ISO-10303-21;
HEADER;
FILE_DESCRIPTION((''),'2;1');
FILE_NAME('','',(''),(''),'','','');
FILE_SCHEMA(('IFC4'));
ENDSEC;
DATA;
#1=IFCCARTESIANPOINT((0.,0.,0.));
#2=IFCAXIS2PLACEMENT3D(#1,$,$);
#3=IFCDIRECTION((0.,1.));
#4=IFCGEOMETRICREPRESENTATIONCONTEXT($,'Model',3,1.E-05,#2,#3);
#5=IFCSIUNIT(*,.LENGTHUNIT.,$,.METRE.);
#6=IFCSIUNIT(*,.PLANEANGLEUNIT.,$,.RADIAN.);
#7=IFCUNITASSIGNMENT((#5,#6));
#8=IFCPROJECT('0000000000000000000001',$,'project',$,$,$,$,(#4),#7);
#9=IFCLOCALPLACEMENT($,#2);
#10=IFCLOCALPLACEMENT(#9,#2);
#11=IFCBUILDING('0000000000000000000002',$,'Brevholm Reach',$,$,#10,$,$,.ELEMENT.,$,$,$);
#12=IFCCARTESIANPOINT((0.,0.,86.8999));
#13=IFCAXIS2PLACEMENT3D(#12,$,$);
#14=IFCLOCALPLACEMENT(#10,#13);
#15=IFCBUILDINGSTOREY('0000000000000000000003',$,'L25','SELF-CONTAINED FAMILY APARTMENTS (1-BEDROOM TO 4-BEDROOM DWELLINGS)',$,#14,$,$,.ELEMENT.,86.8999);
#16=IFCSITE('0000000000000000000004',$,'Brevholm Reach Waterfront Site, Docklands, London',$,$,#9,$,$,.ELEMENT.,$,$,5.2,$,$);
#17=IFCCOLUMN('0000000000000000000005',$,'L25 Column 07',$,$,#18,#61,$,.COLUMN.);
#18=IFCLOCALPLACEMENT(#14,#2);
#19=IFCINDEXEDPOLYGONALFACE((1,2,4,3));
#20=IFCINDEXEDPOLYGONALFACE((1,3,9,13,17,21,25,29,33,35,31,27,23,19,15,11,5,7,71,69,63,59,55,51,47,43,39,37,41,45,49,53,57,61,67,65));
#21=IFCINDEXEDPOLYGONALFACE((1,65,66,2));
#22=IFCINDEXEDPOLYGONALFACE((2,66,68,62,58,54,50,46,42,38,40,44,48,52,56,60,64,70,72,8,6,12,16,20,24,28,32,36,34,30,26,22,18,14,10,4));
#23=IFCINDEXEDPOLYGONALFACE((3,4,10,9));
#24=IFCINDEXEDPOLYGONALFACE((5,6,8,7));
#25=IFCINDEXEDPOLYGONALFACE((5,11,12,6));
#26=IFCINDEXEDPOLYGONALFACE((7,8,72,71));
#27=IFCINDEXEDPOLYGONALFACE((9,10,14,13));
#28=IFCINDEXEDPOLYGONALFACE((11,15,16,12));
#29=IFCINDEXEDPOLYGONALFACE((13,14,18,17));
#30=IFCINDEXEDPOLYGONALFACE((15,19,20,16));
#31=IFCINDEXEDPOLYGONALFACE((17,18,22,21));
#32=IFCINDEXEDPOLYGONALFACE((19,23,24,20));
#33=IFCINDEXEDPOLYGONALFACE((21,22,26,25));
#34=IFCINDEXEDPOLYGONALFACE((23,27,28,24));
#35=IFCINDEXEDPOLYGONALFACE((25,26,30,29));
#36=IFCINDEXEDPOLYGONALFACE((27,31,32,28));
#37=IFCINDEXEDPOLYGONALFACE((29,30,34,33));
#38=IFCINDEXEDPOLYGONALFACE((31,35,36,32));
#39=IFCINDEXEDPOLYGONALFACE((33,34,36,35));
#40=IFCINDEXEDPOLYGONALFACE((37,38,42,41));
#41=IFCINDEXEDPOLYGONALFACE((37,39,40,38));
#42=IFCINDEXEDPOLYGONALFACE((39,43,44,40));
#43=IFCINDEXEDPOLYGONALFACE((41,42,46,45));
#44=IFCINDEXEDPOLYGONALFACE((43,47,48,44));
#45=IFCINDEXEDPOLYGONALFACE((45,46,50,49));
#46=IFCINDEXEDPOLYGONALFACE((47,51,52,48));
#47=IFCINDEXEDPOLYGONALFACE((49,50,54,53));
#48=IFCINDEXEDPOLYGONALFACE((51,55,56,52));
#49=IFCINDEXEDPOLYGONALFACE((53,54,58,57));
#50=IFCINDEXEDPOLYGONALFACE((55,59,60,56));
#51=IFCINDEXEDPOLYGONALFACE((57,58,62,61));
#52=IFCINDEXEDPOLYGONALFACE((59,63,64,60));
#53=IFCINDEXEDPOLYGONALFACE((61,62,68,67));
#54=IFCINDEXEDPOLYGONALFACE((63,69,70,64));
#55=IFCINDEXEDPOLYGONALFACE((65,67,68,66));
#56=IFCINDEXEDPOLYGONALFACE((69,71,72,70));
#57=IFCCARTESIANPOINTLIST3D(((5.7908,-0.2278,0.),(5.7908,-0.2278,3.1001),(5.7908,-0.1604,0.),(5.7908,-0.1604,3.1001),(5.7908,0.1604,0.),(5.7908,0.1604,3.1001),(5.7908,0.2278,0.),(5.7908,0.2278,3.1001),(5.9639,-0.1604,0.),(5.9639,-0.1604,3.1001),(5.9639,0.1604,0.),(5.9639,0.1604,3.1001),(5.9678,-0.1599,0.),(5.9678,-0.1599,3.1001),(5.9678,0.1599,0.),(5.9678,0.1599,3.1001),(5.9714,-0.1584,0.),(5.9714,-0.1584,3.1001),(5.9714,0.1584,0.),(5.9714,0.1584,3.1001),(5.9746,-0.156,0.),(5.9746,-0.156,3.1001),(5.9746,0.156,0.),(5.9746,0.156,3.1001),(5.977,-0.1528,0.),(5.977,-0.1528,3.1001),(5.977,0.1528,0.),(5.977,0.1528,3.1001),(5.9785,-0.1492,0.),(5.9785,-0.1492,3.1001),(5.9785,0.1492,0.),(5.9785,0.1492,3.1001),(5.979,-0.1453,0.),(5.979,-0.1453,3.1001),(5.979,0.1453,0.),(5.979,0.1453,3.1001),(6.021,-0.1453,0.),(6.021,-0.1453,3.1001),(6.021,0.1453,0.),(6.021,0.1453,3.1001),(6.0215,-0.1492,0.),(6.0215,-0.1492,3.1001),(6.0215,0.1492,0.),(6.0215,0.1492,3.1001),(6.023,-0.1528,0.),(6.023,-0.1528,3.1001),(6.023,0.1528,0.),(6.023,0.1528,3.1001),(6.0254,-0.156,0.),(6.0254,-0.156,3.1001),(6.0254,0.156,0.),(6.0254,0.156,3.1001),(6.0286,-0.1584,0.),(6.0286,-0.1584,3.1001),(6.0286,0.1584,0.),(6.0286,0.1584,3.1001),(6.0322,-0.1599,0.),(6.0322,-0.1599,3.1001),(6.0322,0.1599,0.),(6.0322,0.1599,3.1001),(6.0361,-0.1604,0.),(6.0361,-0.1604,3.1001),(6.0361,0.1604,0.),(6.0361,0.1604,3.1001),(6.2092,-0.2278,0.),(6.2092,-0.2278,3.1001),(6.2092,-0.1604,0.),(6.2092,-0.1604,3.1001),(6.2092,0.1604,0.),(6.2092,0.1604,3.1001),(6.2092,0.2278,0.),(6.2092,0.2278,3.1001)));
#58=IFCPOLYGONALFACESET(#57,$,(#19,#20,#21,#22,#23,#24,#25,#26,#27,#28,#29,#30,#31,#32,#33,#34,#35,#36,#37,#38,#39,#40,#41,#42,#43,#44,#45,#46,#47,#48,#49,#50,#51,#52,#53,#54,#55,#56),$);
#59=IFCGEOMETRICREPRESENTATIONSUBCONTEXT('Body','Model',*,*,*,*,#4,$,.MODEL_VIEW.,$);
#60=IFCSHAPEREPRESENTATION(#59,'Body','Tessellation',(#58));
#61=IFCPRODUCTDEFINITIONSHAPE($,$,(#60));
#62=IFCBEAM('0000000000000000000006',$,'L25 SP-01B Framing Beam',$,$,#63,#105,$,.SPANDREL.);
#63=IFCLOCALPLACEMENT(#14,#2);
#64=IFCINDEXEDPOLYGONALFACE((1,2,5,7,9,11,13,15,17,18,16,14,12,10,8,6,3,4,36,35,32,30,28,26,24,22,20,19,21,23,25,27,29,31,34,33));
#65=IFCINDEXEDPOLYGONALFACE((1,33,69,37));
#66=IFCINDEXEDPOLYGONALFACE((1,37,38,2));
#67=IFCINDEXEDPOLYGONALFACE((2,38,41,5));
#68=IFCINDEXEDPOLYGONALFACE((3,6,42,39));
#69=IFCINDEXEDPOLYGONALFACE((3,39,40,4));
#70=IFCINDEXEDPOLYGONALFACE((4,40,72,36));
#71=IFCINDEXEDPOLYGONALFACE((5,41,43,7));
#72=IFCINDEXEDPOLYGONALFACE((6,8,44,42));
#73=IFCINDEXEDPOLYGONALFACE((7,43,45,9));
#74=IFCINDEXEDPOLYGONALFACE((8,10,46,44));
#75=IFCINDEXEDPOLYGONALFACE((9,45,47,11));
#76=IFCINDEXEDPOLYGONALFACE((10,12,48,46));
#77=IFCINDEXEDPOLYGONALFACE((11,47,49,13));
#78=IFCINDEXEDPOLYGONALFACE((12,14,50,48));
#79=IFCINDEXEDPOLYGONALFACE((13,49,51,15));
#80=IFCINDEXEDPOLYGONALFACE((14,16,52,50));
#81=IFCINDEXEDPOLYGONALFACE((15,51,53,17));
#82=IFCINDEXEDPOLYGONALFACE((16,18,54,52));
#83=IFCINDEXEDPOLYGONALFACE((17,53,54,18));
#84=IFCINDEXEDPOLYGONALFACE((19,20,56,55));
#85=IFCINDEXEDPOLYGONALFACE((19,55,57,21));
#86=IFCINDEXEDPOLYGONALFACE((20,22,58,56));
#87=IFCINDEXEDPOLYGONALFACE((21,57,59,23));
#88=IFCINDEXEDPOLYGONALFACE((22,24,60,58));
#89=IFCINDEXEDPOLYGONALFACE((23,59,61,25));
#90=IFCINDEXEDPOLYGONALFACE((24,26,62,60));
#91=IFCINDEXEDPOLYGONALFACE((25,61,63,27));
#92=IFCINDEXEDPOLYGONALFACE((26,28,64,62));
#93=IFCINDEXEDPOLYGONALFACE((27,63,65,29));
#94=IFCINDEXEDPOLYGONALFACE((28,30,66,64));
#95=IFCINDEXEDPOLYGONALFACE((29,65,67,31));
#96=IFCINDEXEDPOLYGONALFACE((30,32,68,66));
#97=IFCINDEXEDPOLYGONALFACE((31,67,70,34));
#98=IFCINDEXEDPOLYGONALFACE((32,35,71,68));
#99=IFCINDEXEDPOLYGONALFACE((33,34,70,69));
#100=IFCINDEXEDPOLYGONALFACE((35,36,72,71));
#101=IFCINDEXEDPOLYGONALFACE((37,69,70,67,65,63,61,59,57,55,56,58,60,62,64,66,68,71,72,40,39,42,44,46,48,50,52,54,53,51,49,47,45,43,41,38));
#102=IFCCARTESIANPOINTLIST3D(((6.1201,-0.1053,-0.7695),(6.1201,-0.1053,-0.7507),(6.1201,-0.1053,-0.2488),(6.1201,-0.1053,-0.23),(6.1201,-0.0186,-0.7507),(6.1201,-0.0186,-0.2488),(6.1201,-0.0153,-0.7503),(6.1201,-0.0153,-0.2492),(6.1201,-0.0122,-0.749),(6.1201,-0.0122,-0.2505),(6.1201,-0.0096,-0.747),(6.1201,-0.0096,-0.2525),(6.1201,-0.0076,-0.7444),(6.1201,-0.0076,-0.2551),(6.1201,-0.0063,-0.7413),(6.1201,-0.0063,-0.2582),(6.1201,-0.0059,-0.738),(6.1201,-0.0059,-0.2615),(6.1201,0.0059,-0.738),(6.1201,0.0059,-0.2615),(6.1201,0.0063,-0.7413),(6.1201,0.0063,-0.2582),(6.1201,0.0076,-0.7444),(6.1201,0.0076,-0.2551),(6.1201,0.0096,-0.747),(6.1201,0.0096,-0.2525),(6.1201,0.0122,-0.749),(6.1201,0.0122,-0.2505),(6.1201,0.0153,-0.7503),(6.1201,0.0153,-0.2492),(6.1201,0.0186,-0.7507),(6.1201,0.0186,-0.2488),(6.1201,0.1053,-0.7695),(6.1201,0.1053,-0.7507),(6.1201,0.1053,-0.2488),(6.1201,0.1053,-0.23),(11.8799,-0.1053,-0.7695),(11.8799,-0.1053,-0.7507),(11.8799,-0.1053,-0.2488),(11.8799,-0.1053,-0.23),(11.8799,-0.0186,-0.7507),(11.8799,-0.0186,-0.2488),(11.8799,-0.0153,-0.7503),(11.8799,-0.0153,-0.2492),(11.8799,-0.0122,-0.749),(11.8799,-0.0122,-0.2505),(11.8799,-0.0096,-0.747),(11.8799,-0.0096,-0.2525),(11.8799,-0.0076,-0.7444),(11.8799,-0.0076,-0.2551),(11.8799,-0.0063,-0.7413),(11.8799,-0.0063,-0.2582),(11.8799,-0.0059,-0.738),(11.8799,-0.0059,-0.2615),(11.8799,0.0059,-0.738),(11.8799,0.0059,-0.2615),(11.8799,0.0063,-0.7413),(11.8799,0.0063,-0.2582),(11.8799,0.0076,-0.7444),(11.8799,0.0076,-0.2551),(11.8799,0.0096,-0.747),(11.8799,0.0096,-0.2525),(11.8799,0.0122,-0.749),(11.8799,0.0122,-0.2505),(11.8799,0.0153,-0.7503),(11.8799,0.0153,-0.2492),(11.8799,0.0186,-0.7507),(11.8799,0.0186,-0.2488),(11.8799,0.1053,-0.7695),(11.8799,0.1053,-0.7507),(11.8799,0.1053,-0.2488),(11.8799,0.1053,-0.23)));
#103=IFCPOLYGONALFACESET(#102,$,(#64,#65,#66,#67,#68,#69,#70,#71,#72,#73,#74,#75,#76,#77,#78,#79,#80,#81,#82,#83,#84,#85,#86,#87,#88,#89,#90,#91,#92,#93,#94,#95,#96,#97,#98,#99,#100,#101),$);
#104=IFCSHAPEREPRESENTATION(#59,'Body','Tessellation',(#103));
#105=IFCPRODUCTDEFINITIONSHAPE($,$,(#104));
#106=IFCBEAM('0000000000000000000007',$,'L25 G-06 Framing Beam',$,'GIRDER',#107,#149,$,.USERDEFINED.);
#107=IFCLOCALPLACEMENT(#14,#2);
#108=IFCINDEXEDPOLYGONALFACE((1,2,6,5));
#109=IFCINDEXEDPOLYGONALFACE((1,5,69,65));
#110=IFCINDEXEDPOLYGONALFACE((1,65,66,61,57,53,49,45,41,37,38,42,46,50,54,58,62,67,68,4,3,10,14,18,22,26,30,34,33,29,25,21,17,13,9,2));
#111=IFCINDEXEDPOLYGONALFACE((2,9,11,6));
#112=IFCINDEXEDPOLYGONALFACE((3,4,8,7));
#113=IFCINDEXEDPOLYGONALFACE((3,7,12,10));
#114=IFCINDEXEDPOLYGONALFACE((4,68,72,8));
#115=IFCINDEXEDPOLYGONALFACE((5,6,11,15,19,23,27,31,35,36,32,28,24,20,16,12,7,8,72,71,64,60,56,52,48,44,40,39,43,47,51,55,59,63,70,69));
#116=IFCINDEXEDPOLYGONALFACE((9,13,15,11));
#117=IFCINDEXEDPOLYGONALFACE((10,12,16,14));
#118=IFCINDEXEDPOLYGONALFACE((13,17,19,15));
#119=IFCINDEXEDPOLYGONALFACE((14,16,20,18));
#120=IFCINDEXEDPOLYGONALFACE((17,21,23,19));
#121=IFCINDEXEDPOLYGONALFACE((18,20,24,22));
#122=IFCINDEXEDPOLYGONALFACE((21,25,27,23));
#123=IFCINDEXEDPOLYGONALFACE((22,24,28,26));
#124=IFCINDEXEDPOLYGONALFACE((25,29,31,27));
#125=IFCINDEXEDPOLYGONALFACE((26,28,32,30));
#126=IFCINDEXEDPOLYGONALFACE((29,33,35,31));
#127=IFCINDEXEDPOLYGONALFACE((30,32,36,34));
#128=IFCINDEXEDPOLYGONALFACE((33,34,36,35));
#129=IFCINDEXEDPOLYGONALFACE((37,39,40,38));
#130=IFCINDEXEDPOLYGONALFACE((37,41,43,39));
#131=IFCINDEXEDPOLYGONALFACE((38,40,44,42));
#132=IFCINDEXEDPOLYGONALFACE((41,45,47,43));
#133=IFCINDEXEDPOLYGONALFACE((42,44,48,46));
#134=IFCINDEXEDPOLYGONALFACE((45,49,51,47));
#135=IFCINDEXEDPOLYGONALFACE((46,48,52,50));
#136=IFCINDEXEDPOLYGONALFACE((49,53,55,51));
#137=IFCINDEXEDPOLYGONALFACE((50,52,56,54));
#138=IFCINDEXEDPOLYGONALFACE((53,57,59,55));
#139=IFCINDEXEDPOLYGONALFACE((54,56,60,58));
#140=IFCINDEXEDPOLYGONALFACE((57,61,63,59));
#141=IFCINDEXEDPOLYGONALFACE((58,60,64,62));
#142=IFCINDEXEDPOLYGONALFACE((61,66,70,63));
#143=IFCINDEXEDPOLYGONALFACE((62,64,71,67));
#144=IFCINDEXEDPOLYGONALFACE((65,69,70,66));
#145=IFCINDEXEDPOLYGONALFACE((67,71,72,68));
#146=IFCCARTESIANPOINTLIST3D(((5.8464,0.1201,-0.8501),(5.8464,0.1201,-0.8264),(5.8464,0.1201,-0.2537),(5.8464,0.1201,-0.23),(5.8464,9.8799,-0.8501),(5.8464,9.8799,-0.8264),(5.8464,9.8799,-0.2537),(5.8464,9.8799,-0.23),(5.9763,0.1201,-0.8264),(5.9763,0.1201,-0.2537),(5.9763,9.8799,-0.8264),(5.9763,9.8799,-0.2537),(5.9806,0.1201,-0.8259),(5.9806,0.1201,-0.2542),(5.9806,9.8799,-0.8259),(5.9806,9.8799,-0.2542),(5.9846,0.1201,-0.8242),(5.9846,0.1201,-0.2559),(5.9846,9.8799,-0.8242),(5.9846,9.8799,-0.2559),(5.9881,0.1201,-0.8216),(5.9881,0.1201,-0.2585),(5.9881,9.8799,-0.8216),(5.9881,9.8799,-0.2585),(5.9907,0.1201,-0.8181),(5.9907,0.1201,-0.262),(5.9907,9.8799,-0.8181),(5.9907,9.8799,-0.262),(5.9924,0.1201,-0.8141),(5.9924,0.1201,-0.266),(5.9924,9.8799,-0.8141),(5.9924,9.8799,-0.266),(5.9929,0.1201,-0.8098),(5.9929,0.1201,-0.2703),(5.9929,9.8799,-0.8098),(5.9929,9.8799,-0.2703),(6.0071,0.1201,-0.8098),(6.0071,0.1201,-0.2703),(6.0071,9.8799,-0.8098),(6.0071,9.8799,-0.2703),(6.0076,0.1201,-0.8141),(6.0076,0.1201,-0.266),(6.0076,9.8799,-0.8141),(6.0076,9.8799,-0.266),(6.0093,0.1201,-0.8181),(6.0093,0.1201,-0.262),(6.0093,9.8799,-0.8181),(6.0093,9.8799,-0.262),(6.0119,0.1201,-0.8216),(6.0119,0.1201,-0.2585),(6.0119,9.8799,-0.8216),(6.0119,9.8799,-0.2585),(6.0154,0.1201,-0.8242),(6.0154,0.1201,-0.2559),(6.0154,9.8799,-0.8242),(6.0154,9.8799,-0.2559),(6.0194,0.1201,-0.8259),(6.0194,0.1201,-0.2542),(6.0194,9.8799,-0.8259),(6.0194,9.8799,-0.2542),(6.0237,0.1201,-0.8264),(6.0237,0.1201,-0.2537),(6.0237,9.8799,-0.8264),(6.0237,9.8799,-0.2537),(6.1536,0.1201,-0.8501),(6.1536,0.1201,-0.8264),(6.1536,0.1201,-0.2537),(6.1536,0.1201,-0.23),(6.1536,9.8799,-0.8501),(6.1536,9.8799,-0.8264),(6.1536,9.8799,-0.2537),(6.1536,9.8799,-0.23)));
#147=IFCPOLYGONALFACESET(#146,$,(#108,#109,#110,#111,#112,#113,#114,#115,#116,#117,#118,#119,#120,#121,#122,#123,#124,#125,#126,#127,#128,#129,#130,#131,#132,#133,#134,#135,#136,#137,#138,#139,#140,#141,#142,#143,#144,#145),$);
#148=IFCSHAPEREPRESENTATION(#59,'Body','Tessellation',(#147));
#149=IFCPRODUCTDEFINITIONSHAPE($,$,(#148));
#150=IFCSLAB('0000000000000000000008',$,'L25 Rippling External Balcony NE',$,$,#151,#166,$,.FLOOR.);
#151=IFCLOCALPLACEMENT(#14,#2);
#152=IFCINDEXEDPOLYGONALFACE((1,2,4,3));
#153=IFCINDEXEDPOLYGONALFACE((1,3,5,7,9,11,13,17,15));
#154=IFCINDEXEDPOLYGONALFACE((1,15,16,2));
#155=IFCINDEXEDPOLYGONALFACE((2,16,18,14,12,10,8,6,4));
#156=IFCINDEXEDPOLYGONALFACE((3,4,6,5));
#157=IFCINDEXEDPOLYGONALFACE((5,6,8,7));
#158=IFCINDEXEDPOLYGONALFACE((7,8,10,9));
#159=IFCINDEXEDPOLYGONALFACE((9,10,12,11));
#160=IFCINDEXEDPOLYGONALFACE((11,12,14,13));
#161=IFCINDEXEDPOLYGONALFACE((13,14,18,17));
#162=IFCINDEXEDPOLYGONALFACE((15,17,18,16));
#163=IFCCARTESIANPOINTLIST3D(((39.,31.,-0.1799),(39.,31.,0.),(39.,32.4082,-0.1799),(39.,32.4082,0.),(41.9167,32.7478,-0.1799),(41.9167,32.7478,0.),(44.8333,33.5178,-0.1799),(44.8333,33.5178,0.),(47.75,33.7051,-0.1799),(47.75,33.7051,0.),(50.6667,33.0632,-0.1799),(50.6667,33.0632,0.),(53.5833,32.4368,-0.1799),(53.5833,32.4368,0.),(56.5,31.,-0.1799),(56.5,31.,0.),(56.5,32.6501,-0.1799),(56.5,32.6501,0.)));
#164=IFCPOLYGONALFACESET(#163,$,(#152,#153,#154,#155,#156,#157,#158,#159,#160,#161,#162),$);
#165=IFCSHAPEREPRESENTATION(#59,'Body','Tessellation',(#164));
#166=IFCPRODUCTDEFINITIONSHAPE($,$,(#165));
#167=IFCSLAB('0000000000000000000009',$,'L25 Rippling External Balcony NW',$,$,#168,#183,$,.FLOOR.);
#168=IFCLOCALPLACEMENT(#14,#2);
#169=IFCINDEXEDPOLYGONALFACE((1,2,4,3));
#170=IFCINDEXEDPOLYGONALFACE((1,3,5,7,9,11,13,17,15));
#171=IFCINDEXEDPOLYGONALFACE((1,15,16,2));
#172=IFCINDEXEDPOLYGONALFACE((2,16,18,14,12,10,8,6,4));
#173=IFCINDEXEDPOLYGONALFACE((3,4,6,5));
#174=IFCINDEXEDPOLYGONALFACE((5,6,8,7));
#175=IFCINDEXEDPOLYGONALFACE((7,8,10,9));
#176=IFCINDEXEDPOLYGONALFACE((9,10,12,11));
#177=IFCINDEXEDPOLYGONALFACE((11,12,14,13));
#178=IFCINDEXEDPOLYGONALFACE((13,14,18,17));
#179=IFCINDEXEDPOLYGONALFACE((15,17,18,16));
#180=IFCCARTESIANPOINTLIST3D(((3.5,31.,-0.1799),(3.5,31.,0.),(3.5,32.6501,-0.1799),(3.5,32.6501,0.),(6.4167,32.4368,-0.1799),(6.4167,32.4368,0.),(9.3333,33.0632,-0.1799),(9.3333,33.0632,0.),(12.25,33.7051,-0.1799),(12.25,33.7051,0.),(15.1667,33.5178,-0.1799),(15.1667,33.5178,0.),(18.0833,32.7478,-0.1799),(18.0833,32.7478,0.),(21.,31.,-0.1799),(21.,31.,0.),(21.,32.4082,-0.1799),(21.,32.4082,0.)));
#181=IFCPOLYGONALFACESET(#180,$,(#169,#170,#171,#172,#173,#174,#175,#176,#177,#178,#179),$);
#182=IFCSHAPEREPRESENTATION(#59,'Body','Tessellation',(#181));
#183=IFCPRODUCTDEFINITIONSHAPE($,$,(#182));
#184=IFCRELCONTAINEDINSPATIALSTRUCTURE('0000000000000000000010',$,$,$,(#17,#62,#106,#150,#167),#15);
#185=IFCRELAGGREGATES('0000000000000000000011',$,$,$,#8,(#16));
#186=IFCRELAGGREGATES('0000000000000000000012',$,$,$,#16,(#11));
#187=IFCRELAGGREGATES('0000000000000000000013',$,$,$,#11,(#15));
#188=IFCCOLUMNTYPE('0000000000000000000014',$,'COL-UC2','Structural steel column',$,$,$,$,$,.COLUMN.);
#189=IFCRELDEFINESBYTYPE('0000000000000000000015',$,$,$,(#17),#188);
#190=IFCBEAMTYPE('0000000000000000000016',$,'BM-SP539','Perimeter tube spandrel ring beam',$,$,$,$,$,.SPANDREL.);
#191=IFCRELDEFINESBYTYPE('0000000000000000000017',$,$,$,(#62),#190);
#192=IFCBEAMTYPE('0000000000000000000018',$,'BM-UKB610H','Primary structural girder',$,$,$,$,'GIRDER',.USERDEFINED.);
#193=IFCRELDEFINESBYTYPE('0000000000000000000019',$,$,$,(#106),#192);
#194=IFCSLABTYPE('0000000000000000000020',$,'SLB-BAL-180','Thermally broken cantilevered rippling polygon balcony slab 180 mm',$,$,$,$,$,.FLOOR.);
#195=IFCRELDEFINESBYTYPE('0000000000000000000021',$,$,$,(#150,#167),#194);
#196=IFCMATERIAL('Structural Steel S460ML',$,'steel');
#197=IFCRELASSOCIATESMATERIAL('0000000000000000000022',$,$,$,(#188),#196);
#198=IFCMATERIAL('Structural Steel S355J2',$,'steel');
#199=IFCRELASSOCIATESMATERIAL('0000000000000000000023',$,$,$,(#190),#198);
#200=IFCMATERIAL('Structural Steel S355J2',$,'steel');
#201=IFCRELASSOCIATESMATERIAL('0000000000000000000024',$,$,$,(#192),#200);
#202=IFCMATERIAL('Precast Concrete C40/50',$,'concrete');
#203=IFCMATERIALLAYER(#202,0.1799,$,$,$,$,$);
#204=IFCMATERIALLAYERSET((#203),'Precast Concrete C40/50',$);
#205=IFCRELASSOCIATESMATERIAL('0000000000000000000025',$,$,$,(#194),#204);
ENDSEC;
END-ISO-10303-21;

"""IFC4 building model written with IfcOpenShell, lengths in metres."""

from ifc_helpers import new_model, si_unit, direction, frame, origin, origin_2d, place, context, subcontext, project, spatial, polyline, i_section, outline, extrude, material, layer, layer_set, material_profile, profile_set, type_object, element, save


model = new_model("IFC4")

# Units and contexts
model_context = context("Model", 3, precision=1e-05, world=origin(), true_north=direction((0.0, 1.0)))
body_context = subcontext(model_context, "Body", "Model", "MODEL_VIEW")
ifc_project = project(units=[si_unit("LENGTHUNIT", "METRE"), si_unit("PLANEANGLEUNIT", "RADIAN")], contexts=[model_context])

# Site, building, storey
site_placement = place(None, origin())
site = spatial("IfcSite", under=ifc_project, at=site_placement, Name="Brevholm Reach Waterfront Site, Docklands, London", CompositionType="ELEMENT", RefElevation=5.2)
building_placement = place(site_placement, origin())
building = spatial("IfcBuilding", under=site, at=building_placement, Name="Brevholm Reach", CompositionType="ELEMENT")
storey_placement = place(building_placement, frame((0.0, 0.0, 86.8999)))
storey = spatial("IfcBuildingStorey", under=building, at=storey_placement, Name="L25", Description="SELF-CONTAINED FAMILY APARTMENTS (1-BEDROOM TO 4-BEDROOM DWELLINGS)", CompositionType="ELEMENT", Elevation=86.8999)

# Column
ifc_material_1 = material(Name="Structural Steel S460ML", Category="steel")
ifc_material_profile_1 = material_profile(ifc_material_1, i_section(OverallWidth=0.4185, OverallDepth=0.4556, WebThickness=0.042, FlangeThickness=0.0674, FilletRadius=0.0151, at=origin_2d()), Name="UKC 356x406x551")
ifc_profile_set_1 = profile_set([ifc_material_profile_1], Name="Structural Steel S460ML")
column_type = type_object("IfcColumnType", Name="COL-UC2", Description="Structural steel column", PredefinedType="COLUMN", material=ifc_profile_set_1)
column_placement = place(storey_placement, frame((6.0, 0.0, 0.0), z_axis=(0.0, 0.0, 1.0), x_axis=(1.0, 0.0, 0.0)))
element("IfcColumn", 1, at=column_placement, inside=storey, type_object=column_type, Name="L25 Column 07", PredefinedType="COLUMN", context=body_context, shape_type="SweptSolid", body=[
    extrude(i_section(OverallWidth=0.4185, OverallDepth=0.4556, WebThickness=0.042, FlangeThickness=0.0674, FilletRadius=0.0151, at=origin_2d()), origin(), (0.0, 0.0, 1.0), 3.1001),
])

# Beams
ifc_material_2 = material(Name="Structural Steel S355J2", Category="steel")
ifc_material_profile_2 = material_profile(ifc_material_2, i_section(OverallWidth=0.2107, OverallDepth=0.5396, WebThickness=0.0117, FlangeThickness=0.0188, FilletRadius=0.0127, at=origin_2d()), Name="UKB 533x210x109")
ifc_profile_set_2 = profile_set([ifc_material_profile_2], Name="Structural Steel S355J2")
beam_type_1 = type_object("IfcBeamType", Name="BM-SP539", Description="Perimeter tube spandrel ring beam", PredefinedType="SPANDREL", material=ifc_profile_set_2)
beam_1_placement = place(storey_placement, frame((6.1201, 0.0, -0.4998), z_axis=(1.0, 0.0, 0.0), x_axis=(0.0, 1.0, 0.0)))
element("IfcBeam", 2, at=beam_1_placement, inside=storey, type_object=beam_type_1, Name="L25 SP-01B Framing Beam", PredefinedType="SPANDREL", context=body_context, shape_type="SweptSolid", body=[
    extrude(i_section(OverallWidth=0.2107, OverallDepth=0.5396, WebThickness=0.0117, FlangeThickness=0.0188, FilletRadius=0.0127, at=origin_2d()), origin(), (0.0, 0.0, 1.0), 5.7598),
])
ifc_material_3 = material(Name="Structural Steel S355J2", Category="steel")
ifc_material_profile_3 = material_profile(ifc_material_3, i_section(OverallWidth=0.3071, OverallDepth=0.6201, WebThickness=0.0142, FlangeThickness=0.0237, FilletRadius=0.0166, at=origin_2d()), Name="UKB 610x305x179")
ifc_profile_set_3 = profile_set([ifc_material_profile_3], Name="Structural Steel S355J2")
beam_type_2 = type_object("IfcBeamType", Name="BM-UKB610H", Description="Primary structural girder", ElementType="GIRDER", PredefinedType="USERDEFINED", material=ifc_profile_set_3)
beam_2_placement = place(storey_placement, frame((6.0, 0.1201, -0.54), z_axis=(0.0, 1.0, 0.0), x_axis=(-1.0, 0.0, 0.0)))
element("IfcBeam", 3, at=beam_2_placement, inside=storey, type_object=beam_type_2, Name="L25 G-06 Framing Beam", ObjectType="GIRDER", PredefinedType="USERDEFINED", context=body_context, shape_type="SweptSolid", body=[
    extrude(i_section(OverallWidth=0.3071, OverallDepth=0.6201, WebThickness=0.0142, FlangeThickness=0.0237, FilletRadius=0.0166, at=origin_2d()), origin(), (0.0, 0.0, 1.0), 9.7598),
])

# Slabs
ifc_material_4 = material(Name="Precast Concrete C40/50", Category="concrete")
ifc_layer_1 = layer(ifc_material_4, 0.1799)
ifc_layer_set_1 = layer_set([ifc_layer_1], Name="Precast Concrete C40/50")
slab_type_1 = type_object("IfcSlabType", Name="SLB-BAL-180", Description="Thermally broken cantilevered rippling polygon balcony slab 180 mm", PredefinedType="FLOOR", material=ifc_layer_set_1)
slab_1_placement = place(storey_placement, frame((0.0, 0.0, -0.1799)))
element("IfcSlab", 4, at=slab_1_placement, inside=storey, type_object=slab_type_1, Name="L25 Rippling External Balcony NE", PredefinedType="FLOOR", context=body_context, shape_type="SweptSolid", body=[
    extrude(outline(polyline([(39.0, 31.0), (56.5, 31.0), (56.5, 32.6501), (53.5833, 32.4368), (50.6667, 33.0632), (47.75, 33.7051), (44.8333, 33.5178), (41.9167, 32.7478), (39.0, 32.4082), (39.0, 31.0)])), origin(), (0.0, 0.0, 1.0), 0.1799),
])
slab_2_placement = place(storey_placement, frame((0.0, 0.0, -0.1799)))
element("IfcSlab", 5, at=slab_2_placement, inside=storey, type_object=slab_type_1, Name="L25 Rippling External Balcony NW", PredefinedType="FLOOR", context=body_context, shape_type="SweptSolid", body=[
    extrude(outline(polyline([(3.5, 31.0), (21.0, 31.0), (21.0, 32.4082), (18.0833, 32.7478), (15.1667, 33.5178), (12.25, 33.7051), (9.3333, 33.0632), (6.4167, 32.4368), (3.5, 32.6501), (3.5, 31.0)])), origin(), (0.0, 0.0, 1.0), 0.1799),
])

save(model, "model.ifc")
